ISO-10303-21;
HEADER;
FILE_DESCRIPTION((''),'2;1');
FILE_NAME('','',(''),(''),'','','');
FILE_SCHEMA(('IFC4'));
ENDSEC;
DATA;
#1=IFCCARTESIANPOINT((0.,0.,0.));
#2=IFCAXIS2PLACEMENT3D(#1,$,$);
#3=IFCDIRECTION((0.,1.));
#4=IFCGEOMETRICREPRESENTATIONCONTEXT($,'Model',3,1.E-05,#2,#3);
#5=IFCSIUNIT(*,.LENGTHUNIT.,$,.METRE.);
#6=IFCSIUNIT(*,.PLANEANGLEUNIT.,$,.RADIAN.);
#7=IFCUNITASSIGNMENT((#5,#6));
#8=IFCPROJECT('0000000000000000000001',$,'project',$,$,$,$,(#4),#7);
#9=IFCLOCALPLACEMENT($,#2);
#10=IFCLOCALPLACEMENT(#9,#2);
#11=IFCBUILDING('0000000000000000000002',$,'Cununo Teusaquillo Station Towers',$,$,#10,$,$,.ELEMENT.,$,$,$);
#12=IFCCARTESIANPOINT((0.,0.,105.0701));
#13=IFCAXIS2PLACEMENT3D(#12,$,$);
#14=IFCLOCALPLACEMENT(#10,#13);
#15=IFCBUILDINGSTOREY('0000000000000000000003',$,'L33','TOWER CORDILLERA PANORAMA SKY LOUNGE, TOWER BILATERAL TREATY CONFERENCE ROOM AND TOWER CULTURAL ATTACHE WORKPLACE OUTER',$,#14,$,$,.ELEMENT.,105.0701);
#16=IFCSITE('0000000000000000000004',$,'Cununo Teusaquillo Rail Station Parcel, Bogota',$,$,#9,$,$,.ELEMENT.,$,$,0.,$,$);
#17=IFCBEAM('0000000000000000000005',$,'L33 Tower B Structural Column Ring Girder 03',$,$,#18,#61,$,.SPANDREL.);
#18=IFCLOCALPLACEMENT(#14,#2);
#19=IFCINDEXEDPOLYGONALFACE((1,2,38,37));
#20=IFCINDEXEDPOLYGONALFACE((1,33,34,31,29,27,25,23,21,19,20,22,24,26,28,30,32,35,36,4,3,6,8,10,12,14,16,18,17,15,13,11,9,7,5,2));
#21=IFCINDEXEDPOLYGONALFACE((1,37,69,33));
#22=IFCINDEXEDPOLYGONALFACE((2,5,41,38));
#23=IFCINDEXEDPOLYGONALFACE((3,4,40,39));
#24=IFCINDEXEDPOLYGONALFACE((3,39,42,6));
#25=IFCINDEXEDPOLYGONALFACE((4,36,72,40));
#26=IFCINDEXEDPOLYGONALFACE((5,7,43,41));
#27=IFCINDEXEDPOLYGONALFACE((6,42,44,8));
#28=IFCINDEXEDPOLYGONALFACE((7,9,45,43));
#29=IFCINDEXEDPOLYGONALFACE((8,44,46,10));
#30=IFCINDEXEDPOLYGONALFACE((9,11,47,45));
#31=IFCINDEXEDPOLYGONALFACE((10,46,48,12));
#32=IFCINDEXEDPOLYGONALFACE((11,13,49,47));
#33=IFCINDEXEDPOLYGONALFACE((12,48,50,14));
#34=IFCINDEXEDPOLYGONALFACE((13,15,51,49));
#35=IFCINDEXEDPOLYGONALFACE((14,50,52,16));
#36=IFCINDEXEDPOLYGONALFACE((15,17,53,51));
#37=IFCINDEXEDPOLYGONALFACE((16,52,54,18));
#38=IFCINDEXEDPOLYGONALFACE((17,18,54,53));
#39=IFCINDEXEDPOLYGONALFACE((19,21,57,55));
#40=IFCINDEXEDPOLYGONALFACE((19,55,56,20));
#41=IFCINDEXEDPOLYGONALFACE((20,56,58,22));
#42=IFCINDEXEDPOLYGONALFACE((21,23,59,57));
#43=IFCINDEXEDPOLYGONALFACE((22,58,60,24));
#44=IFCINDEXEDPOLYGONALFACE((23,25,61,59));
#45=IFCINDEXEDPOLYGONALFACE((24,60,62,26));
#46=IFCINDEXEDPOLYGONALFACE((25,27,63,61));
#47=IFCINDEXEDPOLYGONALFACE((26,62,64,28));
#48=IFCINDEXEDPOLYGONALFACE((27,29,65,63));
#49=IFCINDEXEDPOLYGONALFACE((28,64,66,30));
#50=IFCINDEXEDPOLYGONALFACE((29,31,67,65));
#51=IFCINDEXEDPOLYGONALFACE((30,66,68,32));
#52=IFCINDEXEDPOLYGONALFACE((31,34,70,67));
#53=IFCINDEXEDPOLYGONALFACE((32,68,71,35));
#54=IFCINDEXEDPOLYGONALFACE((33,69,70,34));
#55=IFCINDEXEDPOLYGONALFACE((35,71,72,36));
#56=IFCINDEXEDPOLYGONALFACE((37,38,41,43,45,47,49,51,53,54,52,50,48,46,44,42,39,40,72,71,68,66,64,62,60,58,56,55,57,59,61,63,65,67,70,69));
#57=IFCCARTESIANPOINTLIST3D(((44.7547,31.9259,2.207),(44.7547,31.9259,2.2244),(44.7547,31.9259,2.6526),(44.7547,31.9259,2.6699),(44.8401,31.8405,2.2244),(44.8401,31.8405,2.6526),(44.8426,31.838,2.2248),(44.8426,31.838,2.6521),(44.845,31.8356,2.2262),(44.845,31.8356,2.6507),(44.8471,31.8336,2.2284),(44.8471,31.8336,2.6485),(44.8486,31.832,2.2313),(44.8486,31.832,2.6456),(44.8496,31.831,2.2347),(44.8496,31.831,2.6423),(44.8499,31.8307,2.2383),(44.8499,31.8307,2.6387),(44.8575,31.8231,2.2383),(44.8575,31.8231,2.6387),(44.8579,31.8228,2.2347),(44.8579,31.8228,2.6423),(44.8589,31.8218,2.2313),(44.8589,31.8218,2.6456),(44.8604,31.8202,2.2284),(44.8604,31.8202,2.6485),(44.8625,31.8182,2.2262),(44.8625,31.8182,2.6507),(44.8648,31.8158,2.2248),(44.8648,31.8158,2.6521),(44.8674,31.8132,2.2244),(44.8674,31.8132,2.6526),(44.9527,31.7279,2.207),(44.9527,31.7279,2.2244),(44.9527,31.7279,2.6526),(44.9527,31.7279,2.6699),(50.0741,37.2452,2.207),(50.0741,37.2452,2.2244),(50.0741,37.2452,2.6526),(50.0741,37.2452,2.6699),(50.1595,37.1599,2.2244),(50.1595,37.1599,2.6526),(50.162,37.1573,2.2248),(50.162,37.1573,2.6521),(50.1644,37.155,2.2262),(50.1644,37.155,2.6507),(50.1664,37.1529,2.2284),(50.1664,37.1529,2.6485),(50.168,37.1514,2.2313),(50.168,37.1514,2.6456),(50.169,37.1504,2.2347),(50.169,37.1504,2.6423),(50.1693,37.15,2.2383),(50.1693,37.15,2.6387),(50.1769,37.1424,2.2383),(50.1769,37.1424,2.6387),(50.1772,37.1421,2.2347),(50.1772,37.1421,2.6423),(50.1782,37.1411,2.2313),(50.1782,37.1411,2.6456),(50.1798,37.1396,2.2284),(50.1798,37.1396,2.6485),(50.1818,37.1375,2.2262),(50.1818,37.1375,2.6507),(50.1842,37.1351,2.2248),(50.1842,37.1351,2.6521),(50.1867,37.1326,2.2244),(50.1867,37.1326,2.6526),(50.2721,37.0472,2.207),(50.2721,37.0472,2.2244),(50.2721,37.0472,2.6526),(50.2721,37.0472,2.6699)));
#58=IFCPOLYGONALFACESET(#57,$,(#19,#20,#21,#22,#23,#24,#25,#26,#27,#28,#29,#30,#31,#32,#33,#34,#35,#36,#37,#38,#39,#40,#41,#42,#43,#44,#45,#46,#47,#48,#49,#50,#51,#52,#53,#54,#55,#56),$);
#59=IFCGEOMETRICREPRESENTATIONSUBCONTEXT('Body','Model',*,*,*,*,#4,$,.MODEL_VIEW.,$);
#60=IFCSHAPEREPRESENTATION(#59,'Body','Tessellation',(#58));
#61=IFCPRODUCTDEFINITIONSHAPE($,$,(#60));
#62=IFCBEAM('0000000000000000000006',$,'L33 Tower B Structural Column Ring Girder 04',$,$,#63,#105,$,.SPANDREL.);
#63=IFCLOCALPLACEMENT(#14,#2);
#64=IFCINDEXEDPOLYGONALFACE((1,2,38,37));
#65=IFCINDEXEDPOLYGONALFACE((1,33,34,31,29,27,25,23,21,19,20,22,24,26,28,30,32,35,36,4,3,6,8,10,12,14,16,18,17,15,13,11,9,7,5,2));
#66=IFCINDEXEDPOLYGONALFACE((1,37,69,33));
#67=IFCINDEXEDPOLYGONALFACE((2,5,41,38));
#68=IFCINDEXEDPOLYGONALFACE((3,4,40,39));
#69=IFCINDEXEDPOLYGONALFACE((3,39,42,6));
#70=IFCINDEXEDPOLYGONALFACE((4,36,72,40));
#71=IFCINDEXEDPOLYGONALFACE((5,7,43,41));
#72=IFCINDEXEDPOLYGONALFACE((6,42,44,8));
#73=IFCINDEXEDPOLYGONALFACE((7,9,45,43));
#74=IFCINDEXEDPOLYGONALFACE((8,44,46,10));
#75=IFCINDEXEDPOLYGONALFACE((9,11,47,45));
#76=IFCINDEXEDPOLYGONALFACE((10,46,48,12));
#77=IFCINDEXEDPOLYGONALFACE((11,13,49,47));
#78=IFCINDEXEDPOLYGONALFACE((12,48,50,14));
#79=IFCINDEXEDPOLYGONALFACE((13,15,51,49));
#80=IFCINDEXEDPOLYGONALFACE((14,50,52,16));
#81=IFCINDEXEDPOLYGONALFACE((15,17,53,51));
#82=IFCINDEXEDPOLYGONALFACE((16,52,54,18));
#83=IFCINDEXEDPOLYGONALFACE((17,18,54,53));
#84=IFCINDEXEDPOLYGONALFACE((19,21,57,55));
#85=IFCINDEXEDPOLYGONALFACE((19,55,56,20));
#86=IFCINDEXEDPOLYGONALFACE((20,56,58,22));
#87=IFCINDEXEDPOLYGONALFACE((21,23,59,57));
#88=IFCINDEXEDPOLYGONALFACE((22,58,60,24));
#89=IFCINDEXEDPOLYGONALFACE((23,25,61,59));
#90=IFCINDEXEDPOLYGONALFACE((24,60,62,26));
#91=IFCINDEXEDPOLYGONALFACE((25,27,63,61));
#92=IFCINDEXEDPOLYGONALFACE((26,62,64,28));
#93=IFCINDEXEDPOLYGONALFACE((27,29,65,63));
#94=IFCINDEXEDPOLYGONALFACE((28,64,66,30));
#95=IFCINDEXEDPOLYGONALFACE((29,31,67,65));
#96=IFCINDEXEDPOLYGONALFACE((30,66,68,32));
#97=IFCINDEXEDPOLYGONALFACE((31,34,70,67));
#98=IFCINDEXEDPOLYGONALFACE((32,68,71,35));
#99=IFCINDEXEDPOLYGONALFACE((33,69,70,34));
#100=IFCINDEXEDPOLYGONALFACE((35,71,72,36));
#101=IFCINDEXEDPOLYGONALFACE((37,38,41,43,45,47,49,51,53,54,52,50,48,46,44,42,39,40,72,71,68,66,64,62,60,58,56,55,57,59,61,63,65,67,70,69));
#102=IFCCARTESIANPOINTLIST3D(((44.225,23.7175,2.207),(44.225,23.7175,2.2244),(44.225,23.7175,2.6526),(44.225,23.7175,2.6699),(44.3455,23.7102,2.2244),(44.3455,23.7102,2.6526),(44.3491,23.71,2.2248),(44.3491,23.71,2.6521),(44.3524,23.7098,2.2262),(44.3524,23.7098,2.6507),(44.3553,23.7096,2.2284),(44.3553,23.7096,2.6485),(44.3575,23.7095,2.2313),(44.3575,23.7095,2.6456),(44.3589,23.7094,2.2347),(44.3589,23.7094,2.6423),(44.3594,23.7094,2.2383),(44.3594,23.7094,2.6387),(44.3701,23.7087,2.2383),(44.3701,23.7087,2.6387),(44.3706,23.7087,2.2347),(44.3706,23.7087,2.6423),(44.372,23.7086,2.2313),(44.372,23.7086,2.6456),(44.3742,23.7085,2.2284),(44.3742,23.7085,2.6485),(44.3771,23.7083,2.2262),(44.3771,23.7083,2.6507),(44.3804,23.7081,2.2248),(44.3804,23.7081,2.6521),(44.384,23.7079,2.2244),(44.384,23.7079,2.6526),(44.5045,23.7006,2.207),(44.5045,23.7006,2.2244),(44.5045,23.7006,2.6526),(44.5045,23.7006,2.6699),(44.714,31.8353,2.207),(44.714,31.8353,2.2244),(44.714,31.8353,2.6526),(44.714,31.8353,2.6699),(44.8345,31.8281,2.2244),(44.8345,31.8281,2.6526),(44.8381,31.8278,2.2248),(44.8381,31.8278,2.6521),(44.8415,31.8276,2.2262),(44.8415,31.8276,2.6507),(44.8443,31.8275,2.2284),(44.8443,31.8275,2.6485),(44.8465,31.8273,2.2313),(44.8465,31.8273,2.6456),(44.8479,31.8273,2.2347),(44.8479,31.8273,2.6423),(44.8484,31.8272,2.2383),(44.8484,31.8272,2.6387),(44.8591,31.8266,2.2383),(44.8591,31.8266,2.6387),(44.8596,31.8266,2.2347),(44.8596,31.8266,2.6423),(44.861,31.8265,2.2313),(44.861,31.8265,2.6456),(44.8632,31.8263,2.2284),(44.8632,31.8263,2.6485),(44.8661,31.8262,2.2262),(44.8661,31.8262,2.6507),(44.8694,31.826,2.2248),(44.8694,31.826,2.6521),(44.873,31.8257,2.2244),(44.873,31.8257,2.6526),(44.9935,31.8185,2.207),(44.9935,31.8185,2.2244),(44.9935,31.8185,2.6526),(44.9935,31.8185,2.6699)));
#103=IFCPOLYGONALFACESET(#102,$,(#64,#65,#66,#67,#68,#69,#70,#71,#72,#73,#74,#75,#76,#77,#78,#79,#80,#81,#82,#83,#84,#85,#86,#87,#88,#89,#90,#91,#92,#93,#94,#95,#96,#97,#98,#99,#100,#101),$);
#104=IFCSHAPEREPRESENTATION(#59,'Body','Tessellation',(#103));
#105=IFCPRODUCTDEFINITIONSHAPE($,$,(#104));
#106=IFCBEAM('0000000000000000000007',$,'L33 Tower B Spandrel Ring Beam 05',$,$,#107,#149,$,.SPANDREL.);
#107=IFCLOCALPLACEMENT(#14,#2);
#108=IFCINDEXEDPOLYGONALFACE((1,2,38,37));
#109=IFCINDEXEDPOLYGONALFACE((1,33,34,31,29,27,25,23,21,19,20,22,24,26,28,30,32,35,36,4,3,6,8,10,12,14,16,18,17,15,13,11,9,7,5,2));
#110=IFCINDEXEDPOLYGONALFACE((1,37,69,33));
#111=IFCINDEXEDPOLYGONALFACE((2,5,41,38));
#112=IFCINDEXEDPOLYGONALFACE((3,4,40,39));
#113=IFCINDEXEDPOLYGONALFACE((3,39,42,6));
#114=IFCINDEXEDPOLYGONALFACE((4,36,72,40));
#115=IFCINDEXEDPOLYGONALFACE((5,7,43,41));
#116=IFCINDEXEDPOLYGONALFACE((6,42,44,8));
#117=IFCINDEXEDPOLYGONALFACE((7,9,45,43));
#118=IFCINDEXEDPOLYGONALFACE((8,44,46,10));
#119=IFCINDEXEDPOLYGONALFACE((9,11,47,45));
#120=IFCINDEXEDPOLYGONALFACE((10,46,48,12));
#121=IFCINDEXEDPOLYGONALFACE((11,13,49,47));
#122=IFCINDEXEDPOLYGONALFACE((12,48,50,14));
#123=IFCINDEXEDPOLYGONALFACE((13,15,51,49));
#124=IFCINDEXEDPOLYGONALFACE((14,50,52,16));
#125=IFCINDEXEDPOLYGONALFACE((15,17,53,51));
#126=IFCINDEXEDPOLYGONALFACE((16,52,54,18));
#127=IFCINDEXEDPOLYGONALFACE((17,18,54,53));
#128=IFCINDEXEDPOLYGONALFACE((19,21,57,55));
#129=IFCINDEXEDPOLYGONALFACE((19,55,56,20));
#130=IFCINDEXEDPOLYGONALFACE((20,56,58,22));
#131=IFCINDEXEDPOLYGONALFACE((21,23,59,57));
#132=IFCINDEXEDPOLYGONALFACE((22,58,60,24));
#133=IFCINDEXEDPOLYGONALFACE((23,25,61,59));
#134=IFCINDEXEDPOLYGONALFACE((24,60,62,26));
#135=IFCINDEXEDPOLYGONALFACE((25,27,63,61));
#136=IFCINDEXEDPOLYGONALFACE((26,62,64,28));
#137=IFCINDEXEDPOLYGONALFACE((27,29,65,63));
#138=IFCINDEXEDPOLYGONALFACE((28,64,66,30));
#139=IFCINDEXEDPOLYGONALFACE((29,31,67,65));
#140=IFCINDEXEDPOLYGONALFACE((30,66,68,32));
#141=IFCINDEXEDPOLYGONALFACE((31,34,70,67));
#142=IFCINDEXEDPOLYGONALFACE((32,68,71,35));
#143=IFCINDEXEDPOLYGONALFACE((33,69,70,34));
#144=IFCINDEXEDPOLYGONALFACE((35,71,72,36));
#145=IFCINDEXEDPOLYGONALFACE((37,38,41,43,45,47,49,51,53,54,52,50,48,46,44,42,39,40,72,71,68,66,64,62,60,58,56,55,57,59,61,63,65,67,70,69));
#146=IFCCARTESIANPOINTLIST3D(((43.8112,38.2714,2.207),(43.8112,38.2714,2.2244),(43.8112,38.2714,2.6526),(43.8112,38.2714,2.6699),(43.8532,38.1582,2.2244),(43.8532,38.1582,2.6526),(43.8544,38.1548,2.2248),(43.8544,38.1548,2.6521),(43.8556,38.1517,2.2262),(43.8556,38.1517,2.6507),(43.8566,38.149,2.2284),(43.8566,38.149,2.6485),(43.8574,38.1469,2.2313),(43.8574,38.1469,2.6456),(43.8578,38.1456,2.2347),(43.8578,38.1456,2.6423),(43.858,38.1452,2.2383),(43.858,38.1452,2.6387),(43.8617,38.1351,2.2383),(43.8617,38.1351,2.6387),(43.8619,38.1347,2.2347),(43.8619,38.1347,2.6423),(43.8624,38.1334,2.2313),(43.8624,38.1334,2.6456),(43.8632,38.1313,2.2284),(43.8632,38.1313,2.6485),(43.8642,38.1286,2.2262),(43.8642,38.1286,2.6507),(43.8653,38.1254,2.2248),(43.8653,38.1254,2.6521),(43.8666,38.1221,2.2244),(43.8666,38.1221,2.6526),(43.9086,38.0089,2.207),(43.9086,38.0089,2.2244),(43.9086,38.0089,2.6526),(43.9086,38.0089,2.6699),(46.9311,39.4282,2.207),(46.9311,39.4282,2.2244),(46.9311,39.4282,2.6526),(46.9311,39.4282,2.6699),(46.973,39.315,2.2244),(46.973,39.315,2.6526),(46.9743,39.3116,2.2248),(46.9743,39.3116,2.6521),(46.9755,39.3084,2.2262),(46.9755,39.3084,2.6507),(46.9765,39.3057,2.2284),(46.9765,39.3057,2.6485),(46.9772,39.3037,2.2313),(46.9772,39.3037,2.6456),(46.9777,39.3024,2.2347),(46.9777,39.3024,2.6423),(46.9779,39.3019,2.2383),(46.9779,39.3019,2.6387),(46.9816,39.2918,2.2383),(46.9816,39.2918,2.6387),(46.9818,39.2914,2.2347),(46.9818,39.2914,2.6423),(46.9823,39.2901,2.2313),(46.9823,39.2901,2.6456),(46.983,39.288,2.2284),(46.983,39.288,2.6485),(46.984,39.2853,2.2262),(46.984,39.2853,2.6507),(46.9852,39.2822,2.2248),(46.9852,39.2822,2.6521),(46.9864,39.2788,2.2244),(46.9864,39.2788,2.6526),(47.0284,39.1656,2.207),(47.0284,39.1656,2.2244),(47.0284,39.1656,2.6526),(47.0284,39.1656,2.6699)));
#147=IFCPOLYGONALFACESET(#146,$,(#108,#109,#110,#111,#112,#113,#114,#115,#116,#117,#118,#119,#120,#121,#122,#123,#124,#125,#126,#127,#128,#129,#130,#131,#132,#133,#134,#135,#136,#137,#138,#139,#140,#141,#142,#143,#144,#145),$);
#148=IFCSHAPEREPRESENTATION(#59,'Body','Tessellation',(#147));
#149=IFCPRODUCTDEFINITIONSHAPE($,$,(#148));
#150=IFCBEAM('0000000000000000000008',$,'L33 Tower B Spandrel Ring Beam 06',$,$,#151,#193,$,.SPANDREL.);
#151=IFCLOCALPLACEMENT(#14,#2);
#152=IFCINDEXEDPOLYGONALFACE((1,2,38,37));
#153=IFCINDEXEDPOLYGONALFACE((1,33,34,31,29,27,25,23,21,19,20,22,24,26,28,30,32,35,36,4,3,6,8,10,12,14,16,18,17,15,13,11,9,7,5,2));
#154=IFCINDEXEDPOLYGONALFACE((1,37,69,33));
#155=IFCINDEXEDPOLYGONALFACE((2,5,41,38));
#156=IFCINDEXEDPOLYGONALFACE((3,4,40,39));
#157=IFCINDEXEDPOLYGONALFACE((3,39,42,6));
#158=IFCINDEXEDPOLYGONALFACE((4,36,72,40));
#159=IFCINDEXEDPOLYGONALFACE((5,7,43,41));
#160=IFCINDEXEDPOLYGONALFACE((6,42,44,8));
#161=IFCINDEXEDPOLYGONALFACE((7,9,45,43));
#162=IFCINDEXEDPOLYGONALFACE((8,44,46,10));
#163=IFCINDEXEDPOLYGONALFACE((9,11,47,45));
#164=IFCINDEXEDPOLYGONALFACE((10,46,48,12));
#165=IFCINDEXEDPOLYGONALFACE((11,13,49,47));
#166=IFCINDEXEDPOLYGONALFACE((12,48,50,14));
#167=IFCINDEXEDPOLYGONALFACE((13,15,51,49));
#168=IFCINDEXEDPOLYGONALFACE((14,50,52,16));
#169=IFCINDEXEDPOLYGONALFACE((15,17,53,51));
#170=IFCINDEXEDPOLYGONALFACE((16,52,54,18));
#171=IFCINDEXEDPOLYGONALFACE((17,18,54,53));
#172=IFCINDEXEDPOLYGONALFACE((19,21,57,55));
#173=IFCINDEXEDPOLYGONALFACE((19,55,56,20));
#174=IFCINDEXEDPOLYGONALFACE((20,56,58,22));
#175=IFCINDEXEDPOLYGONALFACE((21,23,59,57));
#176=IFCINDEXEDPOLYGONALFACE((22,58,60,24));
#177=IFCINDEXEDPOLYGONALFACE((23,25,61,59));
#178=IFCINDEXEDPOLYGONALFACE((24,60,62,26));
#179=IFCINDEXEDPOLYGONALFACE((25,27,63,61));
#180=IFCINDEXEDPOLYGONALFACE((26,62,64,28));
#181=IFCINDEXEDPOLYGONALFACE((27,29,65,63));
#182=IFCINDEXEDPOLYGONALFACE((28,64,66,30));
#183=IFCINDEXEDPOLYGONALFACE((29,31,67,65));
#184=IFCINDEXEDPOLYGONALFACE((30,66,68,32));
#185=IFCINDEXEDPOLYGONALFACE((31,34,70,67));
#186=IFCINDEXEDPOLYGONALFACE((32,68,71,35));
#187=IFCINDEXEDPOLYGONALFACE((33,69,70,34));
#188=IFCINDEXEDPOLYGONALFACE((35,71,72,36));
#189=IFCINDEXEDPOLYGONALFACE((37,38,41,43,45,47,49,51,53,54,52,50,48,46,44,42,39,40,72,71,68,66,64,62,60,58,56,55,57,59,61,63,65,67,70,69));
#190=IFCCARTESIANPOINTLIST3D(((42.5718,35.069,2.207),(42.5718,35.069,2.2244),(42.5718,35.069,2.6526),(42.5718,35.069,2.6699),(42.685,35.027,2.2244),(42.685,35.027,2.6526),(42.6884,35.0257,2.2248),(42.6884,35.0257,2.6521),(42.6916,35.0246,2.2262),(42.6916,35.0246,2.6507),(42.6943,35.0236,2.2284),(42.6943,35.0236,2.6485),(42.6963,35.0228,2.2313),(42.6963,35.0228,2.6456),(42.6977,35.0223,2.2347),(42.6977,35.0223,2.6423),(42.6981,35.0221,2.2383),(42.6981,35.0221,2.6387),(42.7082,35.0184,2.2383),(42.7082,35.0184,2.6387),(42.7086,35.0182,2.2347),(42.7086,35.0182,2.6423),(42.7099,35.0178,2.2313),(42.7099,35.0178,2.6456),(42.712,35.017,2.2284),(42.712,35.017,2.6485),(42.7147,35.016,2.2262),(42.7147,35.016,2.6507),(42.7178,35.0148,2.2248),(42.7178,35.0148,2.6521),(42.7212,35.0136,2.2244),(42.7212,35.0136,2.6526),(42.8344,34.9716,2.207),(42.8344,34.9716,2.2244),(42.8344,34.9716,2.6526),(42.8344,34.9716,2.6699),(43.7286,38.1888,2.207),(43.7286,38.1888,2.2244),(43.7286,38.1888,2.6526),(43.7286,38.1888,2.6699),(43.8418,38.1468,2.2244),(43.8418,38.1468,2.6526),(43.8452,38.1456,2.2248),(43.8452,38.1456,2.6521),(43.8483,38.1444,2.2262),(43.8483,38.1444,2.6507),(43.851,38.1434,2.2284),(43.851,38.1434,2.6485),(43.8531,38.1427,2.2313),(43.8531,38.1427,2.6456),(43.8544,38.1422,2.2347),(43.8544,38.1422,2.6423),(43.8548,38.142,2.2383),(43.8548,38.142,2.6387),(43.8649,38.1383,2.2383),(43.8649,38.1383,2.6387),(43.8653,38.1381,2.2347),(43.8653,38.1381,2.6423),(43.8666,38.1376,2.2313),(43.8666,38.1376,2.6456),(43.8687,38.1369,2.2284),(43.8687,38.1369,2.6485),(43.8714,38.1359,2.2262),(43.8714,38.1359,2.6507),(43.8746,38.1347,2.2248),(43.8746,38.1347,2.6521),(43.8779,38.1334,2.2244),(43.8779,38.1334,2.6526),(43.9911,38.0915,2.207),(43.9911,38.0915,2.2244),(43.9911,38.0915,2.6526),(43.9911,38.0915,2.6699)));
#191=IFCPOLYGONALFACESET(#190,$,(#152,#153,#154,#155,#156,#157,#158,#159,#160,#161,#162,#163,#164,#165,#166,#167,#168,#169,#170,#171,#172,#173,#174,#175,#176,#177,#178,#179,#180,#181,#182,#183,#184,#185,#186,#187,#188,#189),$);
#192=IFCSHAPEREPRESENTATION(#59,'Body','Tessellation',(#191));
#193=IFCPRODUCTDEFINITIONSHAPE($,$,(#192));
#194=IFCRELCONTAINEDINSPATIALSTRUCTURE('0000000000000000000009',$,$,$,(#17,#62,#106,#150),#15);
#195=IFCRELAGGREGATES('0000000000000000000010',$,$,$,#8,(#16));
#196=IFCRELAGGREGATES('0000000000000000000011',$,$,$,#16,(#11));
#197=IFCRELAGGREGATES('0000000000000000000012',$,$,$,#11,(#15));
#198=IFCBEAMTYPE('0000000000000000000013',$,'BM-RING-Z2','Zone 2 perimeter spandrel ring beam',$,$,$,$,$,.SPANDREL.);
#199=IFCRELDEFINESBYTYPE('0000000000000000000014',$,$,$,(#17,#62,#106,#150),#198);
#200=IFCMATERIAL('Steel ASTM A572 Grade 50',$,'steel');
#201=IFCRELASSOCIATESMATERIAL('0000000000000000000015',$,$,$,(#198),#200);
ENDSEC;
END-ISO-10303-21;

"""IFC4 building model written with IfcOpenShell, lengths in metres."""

from ifc_helpers import new_model, si_unit, direction, frame, origin, origin_2d, place, context, subcontext, project, spatial, i_section, extrude, material, material_profile, profile_set, type_object, element, save


model = new_model("IFC4")

# Units and contexts
model_context = context("Model", 3, precision=1e-05, world=origin(), true_north=direction((0.0, 1.0)))
body_context = subcontext(model_context, "Body", "Model", "MODEL_VIEW")
ifc_project = project(units=[si_unit("LENGTHUNIT", "METRE"), si_unit("PLANEANGLEUNIT", "RADIAN")], contexts=[model_context])

# Site, building, storey
site_placement = place(None, origin())
site = spatial("IfcSite", under=ifc_project, at=site_placement, Name="Cununo Teusaquillo Rail Station Parcel, Bogota", CompositionType="ELEMENT", RefElevation=0.0)
building_placement = place(site_placement, origin())
building = spatial("IfcBuilding", under=site, at=building_placement, Name="Cununo Teusaquillo Station Towers", CompositionType="ELEMENT")
storey_placement = place(building_placement, frame((0.0, 0.0, 105.0701)))
storey = spatial("IfcBuildingStorey", under=building, at=storey_placement, Name="L33", Description="TOWER CORDILLERA PANORAMA SKY LOUNGE, TOWER BILATERAL TREATY CONFERENCE ROOM AND TOWER CULTURAL ATTACHE WORKPLACE OUTER", CompositionType="ELEMENT", Elevation=105.0701)

# Beams
ifc_material_1 = material(Name="Steel ASTM A572 Grade 50", Category="steel")
ifc_material_profile_1 = material_profile(ifc_material_1, i_section(OverallWidth=0.28, OverallDepth=0.4629, WebThickness=0.0107, FlangeThickness=0.0173, FilletRadius=0.0139, at=origin_2d()), Name="W18X76")
ifc_profile_set_1 = profile_set([ifc_material_profile_1], Name="Steel ASTM A572 Grade 50")
beam_type_1 = type_object("IfcBeamType", Name="BM-RING-Z2", Description="Zone 2 perimeter spandrel ring beam", PredefinedType="SPANDREL", material=ifc_profile_set_1)
beam_1_placement = place(storey_placement, frame((50.1731, 37.1462, 2.4385), z_axis=(-0.707107, -0.707107, 0.0), x_axis=(0.707107, -0.707107, 0.0)))
element("IfcBeam", 1, at=beam_1_placement, inside=storey, type_object=beam_type_1, Name="L33 Tower B Structural Column Ring Girder 03", PredefinedType="SPANDREL", context=body_context, shape_type="SweptSolid", body=[
    extrude(i_section(OverallWidth=0.28, OverallDepth=0.4629, WebThickness=0.0107, FlangeThickness=0.0173, FilletRadius=0.0139, at=origin_2d()), origin(), (0.0, 0.0, 1.0), 7.5227),
])
beam_2_placement = place(storey_placement, frame((44.8538, 31.8269, 2.4385), z_axis=(-0.06013, -0.998191, 0.0), x_axis=(0.998191, -0.06013, 0.0)))
element("IfcBeam", 2, at=beam_2_placement, inside=storey, type_object=beam_type_1, Name="L33 Tower B Structural Column Ring Girder 04", PredefinedType="SPANDREL", context=body_context, shape_type="SweptSolid", body=[
    extrude(i_section(OverallWidth=0.28, OverallDepth=0.4629, WebThickness=0.0107, FlangeThickness=0.0173, FilletRadius=0.0139, at=origin_2d()), origin(), (0.0, 0.0, 1.0), 8.1326),
])
for number, where, z_axis, x_axis, name in (
    (3, (46.9797, 39.2969, 2.4385), (-0.937628, -0.347639, 0.0), (0.347639, -0.937628, 0.0), "L33 Tower B Spandrel Ring Beam 05"),
    (4, (43.8599, 38.1401, 2.4385), (-0.347639, -0.937628, 0.0), (0.937628, -0.347639, 0.0), "L33 Tower B Spandrel Ring Beam 06"),
):
    element("IfcBeam", number, at=place(storey_placement, frame(where, z_axis=z_axis, x_axis=x_axis)), inside=storey, type_object=beam_type_1, Name=name, PredefinedType="SPANDREL", context=body_context, shape_type="SweptSolid", body=[
        extrude(i_section(OverallWidth=0.28, OverallDepth=0.4629, WebThickness=0.0107, FlangeThickness=0.0173, FilletRadius=0.0139, at=origin_2d()), origin(), (0.0, 0.0, 1.0), 3.3274),
    ])

save(model, "model.ifc")
